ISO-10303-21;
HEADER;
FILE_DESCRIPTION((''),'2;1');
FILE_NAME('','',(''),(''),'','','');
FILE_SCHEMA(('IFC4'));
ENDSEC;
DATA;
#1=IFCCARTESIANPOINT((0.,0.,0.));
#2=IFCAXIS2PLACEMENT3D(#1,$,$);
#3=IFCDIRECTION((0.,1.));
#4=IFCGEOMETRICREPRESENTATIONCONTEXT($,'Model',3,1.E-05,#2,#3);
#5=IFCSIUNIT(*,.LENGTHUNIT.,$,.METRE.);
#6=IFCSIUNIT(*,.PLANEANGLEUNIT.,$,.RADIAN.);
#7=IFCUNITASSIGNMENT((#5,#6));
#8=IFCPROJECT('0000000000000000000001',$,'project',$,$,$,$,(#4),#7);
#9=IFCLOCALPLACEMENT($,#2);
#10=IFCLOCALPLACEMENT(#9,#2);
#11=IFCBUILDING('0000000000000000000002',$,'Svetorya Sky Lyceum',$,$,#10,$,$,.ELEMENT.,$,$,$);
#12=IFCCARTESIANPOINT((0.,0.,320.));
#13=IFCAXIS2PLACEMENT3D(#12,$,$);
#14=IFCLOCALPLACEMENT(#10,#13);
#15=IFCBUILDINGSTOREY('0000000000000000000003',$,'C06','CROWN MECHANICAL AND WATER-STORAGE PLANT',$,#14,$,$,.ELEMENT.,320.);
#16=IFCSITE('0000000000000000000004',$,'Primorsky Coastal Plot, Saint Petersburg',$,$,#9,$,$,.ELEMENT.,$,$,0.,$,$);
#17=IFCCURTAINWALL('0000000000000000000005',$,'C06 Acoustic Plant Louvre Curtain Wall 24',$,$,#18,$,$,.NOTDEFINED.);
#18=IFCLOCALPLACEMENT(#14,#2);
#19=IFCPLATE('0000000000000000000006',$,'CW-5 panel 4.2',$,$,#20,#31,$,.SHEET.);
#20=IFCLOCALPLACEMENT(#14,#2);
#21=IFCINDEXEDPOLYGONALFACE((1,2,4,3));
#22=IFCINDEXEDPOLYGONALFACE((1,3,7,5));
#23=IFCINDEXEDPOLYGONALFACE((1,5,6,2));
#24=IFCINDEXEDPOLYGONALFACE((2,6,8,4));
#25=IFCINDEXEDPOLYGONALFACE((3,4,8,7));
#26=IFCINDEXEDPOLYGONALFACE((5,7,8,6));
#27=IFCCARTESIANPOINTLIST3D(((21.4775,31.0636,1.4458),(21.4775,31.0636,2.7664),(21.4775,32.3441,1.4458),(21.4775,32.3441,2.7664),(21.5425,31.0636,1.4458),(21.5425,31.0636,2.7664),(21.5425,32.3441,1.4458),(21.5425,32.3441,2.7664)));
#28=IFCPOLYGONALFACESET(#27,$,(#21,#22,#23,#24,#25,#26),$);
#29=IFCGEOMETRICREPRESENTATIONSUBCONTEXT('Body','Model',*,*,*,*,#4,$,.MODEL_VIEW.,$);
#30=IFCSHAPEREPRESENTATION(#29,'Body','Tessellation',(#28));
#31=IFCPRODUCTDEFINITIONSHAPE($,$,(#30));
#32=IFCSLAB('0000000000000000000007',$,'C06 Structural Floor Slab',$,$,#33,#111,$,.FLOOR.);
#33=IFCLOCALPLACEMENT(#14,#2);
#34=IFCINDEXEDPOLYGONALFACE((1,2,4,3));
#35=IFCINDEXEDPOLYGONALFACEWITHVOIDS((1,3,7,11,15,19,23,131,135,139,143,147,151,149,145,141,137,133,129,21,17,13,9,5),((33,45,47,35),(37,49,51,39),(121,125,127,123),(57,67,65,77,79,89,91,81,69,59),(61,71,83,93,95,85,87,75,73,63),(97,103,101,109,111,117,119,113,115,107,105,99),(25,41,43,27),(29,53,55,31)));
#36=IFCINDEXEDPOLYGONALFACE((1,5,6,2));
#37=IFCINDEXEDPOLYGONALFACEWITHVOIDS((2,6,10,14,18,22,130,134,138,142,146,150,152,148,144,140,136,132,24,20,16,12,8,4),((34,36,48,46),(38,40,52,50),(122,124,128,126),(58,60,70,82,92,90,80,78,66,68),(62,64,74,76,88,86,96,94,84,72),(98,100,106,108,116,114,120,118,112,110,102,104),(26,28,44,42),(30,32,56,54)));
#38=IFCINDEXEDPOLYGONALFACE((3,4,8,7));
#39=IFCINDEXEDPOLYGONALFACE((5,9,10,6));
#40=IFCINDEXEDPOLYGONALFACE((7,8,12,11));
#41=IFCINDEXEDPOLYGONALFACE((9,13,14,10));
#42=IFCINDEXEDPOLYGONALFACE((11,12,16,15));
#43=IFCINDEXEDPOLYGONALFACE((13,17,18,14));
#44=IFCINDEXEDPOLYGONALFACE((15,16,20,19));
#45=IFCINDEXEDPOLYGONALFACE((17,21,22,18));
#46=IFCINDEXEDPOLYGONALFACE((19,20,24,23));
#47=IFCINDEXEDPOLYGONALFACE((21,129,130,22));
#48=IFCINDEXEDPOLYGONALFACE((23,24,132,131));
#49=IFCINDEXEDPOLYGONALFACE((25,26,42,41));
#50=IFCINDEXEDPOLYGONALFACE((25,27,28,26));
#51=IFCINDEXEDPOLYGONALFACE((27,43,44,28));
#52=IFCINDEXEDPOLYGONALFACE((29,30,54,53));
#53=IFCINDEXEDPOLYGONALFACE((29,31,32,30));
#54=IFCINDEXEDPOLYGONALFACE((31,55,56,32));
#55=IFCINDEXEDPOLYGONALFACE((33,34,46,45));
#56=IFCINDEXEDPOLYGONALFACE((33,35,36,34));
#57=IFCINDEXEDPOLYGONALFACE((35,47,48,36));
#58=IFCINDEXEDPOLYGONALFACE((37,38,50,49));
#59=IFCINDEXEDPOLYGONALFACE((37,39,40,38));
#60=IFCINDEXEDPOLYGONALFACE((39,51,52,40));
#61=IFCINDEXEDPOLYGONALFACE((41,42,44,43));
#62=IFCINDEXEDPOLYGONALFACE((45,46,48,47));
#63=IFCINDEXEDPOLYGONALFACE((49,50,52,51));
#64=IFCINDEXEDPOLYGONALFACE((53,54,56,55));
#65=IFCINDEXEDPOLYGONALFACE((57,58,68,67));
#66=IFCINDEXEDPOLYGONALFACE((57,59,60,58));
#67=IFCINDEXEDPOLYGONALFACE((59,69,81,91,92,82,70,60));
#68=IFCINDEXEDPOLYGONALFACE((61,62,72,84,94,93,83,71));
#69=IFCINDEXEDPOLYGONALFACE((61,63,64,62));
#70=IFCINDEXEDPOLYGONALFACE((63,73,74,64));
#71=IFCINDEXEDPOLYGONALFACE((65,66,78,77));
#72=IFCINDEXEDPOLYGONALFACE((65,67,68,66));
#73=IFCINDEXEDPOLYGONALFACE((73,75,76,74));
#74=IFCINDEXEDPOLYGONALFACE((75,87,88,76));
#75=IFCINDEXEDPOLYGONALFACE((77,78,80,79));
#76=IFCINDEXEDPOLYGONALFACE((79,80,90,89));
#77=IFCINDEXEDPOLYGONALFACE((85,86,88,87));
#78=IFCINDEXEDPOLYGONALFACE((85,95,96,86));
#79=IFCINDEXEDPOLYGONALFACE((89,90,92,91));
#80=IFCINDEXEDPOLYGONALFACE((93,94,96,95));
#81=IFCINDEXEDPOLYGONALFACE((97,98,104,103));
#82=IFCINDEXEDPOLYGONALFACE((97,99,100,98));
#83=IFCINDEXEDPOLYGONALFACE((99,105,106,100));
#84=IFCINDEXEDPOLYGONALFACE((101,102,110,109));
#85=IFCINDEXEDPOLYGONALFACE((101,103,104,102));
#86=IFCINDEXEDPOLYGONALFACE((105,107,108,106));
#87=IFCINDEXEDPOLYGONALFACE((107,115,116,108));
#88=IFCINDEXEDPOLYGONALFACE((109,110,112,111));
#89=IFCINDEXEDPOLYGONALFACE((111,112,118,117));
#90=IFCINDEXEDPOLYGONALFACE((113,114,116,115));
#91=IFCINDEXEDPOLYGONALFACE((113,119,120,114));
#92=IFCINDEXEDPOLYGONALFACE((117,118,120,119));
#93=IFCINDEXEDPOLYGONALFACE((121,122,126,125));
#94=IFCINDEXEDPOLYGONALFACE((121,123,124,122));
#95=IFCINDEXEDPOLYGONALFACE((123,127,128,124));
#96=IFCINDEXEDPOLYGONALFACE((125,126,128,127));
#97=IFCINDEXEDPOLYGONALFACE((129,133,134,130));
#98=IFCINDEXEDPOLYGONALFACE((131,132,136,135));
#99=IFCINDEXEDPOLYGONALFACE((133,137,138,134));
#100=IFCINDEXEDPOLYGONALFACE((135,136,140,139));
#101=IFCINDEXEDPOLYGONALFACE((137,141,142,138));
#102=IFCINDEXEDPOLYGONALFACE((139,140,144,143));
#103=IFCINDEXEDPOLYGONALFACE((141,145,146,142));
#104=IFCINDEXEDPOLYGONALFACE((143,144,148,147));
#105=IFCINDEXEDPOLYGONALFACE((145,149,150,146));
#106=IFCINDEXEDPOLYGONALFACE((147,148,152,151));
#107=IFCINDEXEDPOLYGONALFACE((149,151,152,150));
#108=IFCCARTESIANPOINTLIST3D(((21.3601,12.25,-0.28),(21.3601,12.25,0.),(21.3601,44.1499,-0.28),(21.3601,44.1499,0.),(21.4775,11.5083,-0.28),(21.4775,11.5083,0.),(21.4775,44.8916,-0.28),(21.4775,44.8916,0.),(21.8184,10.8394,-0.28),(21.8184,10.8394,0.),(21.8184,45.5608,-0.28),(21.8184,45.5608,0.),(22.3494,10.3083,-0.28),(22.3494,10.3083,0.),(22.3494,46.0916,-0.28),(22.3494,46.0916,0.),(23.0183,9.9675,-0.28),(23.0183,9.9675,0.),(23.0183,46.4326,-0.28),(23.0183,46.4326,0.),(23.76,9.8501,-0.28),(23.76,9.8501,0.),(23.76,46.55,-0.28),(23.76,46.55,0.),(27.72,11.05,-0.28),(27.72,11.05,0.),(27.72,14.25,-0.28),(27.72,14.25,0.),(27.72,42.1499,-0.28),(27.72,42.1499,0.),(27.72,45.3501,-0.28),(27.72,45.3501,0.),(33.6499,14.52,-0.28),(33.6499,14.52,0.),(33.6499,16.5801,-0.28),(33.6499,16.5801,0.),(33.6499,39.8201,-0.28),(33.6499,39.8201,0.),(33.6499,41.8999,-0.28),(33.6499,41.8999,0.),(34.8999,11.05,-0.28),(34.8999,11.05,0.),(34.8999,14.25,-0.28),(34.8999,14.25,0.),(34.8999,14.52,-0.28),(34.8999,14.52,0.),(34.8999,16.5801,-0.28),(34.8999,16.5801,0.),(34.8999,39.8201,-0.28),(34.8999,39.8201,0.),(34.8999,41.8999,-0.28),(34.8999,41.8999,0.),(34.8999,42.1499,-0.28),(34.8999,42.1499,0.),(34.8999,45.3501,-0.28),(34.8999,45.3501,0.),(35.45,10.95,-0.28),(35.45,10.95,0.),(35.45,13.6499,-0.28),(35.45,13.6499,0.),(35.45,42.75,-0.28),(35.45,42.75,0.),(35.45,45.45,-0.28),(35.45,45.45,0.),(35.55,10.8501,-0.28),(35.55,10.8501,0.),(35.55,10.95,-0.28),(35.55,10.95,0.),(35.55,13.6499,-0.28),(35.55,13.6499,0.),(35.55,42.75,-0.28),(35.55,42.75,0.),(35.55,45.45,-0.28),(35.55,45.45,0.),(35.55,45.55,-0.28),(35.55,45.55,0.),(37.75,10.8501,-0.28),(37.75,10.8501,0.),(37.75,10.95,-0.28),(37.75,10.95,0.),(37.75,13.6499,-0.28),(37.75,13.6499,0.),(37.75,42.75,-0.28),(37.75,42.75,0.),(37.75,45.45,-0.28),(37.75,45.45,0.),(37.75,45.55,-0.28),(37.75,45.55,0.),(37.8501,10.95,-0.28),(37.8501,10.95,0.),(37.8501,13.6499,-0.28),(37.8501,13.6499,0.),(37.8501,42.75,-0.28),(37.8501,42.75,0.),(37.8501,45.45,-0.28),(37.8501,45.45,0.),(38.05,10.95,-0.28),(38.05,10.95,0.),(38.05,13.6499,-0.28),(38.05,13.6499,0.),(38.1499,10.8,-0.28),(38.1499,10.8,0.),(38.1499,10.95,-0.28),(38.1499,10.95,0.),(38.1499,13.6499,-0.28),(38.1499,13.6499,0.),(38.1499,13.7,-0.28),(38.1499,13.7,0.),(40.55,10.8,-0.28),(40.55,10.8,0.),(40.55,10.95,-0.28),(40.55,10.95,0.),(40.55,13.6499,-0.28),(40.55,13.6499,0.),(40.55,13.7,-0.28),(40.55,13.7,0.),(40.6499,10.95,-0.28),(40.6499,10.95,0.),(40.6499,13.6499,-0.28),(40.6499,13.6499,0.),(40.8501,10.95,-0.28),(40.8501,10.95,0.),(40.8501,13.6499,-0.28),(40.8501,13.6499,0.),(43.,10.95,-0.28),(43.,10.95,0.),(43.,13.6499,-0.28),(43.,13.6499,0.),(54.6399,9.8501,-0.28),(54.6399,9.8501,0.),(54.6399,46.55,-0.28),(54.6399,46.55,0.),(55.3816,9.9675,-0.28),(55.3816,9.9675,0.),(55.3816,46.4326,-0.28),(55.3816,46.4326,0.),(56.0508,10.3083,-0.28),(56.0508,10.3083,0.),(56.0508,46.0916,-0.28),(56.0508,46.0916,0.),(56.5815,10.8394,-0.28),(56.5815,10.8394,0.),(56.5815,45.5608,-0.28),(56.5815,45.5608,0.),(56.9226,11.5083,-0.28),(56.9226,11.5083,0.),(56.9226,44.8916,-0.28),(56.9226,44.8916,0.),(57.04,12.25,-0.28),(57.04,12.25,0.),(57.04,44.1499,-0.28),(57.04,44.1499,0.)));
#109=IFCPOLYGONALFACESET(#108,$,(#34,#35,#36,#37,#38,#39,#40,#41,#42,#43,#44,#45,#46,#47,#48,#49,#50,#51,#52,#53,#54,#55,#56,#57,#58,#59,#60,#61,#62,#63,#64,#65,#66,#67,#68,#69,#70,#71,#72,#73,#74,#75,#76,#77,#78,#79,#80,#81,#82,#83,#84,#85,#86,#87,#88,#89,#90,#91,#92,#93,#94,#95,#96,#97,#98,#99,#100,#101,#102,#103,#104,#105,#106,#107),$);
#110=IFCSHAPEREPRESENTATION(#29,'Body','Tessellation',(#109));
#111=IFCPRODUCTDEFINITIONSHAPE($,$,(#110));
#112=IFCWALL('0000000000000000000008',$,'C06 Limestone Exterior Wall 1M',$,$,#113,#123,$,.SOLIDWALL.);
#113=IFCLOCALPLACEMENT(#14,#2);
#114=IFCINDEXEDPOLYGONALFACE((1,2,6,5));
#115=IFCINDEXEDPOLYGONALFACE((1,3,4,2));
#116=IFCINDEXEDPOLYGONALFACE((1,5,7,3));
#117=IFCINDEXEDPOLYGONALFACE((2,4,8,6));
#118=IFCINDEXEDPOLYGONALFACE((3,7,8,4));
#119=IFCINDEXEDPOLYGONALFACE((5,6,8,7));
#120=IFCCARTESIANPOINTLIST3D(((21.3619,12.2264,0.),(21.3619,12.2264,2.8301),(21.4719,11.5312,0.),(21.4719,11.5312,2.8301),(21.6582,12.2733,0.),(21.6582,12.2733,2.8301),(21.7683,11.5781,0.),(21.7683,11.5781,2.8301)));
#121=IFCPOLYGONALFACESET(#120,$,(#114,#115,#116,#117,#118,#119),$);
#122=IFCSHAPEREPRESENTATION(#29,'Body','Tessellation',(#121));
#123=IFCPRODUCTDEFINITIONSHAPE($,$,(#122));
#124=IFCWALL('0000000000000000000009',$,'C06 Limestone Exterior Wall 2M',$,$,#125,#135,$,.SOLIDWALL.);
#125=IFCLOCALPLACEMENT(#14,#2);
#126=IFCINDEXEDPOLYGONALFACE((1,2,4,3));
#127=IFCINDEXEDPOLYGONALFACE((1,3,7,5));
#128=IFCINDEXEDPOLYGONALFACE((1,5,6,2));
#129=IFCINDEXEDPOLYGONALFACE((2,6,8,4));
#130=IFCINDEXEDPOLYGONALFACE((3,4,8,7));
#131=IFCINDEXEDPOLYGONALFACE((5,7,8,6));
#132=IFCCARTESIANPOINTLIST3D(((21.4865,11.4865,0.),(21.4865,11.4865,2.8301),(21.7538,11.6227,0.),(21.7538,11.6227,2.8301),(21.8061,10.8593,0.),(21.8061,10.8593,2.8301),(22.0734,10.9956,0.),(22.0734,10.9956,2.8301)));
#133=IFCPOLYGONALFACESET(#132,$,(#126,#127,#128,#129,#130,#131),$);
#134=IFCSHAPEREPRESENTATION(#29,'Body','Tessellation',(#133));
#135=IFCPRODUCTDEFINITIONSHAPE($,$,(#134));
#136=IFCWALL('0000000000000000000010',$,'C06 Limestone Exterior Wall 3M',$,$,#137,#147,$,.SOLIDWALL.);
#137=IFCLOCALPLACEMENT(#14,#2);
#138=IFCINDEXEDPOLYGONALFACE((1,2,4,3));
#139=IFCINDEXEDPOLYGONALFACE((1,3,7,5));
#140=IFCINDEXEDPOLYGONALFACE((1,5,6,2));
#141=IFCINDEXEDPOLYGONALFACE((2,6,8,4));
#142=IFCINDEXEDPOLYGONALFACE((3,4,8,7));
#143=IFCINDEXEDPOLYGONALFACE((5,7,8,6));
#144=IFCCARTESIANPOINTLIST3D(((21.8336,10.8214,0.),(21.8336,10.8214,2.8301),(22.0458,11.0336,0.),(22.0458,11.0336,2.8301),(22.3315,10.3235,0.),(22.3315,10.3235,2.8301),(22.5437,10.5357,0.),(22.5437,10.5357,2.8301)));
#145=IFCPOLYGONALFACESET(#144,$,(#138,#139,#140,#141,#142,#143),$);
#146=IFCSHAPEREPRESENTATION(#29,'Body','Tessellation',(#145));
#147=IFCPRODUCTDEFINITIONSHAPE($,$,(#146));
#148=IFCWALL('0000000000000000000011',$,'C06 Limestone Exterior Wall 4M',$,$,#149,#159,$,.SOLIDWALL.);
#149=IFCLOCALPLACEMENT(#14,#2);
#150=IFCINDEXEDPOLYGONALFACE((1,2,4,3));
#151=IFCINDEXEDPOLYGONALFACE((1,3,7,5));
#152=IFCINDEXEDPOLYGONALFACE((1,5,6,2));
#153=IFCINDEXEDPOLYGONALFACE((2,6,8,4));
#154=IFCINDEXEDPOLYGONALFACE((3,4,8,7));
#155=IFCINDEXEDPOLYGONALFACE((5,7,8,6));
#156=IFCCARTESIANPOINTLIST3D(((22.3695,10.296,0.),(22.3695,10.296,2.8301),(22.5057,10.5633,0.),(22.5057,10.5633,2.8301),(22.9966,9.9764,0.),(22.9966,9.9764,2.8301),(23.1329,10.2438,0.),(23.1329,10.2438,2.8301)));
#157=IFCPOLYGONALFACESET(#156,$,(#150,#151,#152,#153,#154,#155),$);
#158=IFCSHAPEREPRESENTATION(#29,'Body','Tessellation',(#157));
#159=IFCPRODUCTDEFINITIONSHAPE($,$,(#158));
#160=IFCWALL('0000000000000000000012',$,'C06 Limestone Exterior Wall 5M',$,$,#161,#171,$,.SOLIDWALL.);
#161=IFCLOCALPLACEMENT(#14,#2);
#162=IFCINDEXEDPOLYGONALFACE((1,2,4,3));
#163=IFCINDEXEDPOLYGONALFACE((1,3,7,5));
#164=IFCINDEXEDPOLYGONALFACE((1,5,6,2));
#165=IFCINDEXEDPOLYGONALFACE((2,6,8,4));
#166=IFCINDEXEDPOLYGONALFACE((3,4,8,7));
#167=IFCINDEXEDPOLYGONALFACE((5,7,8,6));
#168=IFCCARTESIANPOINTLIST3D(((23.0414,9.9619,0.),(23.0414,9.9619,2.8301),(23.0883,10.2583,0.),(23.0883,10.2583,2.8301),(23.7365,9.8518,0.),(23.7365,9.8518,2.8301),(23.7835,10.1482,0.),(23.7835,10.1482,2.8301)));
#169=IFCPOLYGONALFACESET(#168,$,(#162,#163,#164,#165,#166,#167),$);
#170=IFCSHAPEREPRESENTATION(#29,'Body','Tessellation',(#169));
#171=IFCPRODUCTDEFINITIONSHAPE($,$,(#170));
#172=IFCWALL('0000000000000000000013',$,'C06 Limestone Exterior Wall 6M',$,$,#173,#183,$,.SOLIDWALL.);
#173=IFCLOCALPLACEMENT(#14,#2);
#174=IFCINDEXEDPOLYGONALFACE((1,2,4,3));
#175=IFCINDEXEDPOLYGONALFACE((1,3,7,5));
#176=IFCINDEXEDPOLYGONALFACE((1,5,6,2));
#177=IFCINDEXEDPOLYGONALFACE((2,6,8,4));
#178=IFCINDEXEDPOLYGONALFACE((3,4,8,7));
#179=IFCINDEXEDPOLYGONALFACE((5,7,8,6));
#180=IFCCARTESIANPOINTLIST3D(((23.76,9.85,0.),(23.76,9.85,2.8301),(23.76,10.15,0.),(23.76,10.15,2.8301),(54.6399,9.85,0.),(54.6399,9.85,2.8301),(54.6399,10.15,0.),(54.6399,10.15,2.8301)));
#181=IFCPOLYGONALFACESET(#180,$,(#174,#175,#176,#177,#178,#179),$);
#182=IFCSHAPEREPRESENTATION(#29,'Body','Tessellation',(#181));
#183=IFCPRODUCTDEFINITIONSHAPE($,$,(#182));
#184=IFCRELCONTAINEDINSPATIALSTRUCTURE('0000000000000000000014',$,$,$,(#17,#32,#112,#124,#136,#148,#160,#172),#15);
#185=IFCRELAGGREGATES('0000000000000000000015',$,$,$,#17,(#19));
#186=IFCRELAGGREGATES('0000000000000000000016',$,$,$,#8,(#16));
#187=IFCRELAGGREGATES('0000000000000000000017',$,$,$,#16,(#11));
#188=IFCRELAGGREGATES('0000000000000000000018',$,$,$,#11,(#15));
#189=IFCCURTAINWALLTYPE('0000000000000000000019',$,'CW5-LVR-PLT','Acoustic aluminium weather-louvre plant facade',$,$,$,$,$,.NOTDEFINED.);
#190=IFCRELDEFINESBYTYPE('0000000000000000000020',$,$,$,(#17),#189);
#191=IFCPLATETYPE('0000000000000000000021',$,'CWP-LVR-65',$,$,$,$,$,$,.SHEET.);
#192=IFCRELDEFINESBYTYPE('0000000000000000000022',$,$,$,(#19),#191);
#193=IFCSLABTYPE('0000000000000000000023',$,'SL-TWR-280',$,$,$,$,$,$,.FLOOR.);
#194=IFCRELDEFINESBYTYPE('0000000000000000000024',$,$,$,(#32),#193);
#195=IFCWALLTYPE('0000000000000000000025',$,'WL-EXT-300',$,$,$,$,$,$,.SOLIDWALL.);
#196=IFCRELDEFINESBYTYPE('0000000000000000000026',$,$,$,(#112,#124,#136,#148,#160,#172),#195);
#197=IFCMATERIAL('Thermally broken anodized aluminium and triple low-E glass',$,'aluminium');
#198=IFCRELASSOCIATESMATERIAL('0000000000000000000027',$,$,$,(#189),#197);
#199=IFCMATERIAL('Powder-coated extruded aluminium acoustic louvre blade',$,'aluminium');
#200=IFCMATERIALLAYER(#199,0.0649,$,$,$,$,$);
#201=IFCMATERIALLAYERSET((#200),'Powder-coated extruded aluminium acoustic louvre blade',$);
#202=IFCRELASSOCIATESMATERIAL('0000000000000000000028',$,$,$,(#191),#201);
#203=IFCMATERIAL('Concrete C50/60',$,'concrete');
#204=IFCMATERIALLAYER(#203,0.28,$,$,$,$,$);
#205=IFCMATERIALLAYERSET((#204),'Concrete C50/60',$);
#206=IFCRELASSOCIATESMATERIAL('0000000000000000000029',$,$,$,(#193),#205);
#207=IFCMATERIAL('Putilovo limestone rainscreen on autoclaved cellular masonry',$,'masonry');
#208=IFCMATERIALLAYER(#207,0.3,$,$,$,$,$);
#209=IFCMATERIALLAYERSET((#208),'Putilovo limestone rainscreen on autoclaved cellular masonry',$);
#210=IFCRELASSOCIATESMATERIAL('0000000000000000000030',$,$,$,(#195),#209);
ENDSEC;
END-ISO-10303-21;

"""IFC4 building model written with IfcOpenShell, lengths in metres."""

from ifc_helpers import new_model, si_unit, direction, frame, frame_2d, origin, origin_2d, place, context, subcontext, project, spatial, polyline, rectangle, outline, extrude, material, layer, layer_set, type_object, element, aggregate, save


model = new_model("IFC4")

# Units and contexts
model_context = context("Model", 3, precision=1e-05, world=origin(), true_north=direction((0.0, 1.0)))
body_context = subcontext(model_context, "Body", "Model", "MODEL_VIEW")
ifc_project = project(units=[si_unit("LENGTHUNIT", "METRE"), si_unit("PLANEANGLEUNIT", "RADIAN")], contexts=[model_context])

# Site, building, storey
site_placement = place(None, origin())
site = spatial("IfcSite", under=ifc_project, at=site_placement, Name="Primorsky Coastal Plot, Saint Petersburg", CompositionType="ELEMENT", RefElevation=0.0)
building_placement = place(site_placement, origin())
building = spatial("IfcBuilding", under=site, at=building_placement, Name="Svetorya Sky Lyceum", CompositionType="ELEMENT")
storey_placement = place(building_placement, frame((0.0, 0.0, 320.0)))
storey = spatial("IfcBuildingStorey", under=building, at=storey_placement, Name="C06", Description="CROWN MECHANICAL AND WATER-STORAGE PLANT", CompositionType="ELEMENT", Elevation=320.0)

# Curtain wall
ifc_material_1 = material(Name="Thermally broken anodized aluminium and triple low-E glass", Category="aluminium")
curtain_wall_type = type_object("IfcCurtainWallType", Name="CW5-LVR-PLT", Description="Acoustic aluminium weather-louvre plant facade", PredefinedType="NOTDEFINED", material=ifc_material_1)
curtain_wall_placement = place(storey_placement, origin())
curtain_wall = element("IfcCurtainWall", 1, at=curtain_wall_placement, inside=storey, type_object=curtain_wall_type, Name="C06 Acoustic Plant Louvre Curtain Wall 24", PredefinedType="NOTDEFINED")

# Plate
ifc_material_2 = material(Name="Powder-coated extruded aluminium acoustic louvre blade", Category="aluminium")
ifc_layer_1 = layer(ifc_material_2, 0.0649)
ifc_layer_set_1 = layer_set([ifc_layer_1], Name="Powder-coated extruded aluminium acoustic louvre blade")
plate_type = type_object("IfcPlateType", Name="CWP-LVR-65", PredefinedType="SHEET", material=ifc_layer_set_1)
plate_1_placement = place(storey_placement, frame((21.51, 31.7039, 1.4458), z_axis=(0.0, 0.0, 1.0), x_axis=(0.0, -1.0, 0.0)))
plate_1 = element("IfcPlate", 2, at=plate_1_placement, type_object=plate_type, Name="CW-5 panel 4.2", PredefinedType="SHEET", context=body_context, shape_type="SweptSolid", body=[
    extrude(rectangle(XDim=1.2805, YDim=0.0649, at=origin_2d()), origin(), (0.0, 0.0, 1.0), 1.3206),
])
aggregate(curtain_wall, [plate_1])

# Slab
ifc_material_3 = material(Name="Concrete C50/60", Category="concrete")
ifc_layer_2 = layer(ifc_material_3, 0.28)
ifc_layer_set_2 = layer_set([ifc_layer_2], Name="Concrete C50/60")
slab_type = type_object("IfcSlabType", Name="SL-TWR-280", PredefinedType="FLOOR", material=ifc_layer_set_2)
slab_placement = place(storey_placement, frame((0.0, 0.0, -0.28)))
element("IfcSlab", 3, at=slab_placement, inside=storey, type_object=slab_type, Name="C06 Structural Floor Slab", PredefinedType="FLOOR", context=body_context, shape_type="SweptSolid", body=[
    extrude(outline(polyline([(21.3601, 12.25), (21.4775, 11.5083), (21.8184, 10.8394), (22.3494, 10.3083), (23.0183, 9.9675), (23.76, 9.8501), (54.6399, 9.8501), (55.3816, 9.9675), (56.0508, 10.3083), (56.5815, 10.8394), (56.9226, 11.5083), (57.04, 12.25), (57.04, 44.1499), (56.9226, 44.8916), (56.5815, 45.5608), (56.0508, 46.0916), (55.3816, 46.4326), (54.6399, 46.55), (23.76, 46.55), (23.0183, 46.4326), (22.3494, 46.0916), (21.8184, 45.5608), (21.4775, 44.8916), (21.3601, 44.1499), (21.3601, 12.25)]), holes=[polyline([(37.75, 10.8501), (35.55, 10.8501), (35.55, 10.95), (35.45, 10.95), (35.45, 13.6499), (35.55, 13.6499), (37.75, 13.6499), (37.8501, 13.6499), (37.8501, 10.95), (37.75, 10.95), (37.75, 10.8501)]), polyline([(34.8999, 11.05), (27.72, 11.05), (27.72, 14.25), (34.8999, 14.25), (34.8999, 11.05)]), polyline([(34.8999, 14.52), (33.6499, 14.52), (33.6499, 16.5801), (34.8999, 16.5801), (34.8999, 14.52)]), polyline([(33.6499, 39.8201), (33.6499, 41.8999), (34.8999, 41.8999), (34.8999, 39.8201), (33.6499, 39.8201)]), polyline([(27.72, 42.1499), (27.72, 45.3501), (34.8999, 45.3501), (34.8999, 42.1499), (27.72, 42.1499)]), polyline([(37.75, 45.45), (37.8501, 45.45), (37.8501, 42.75), (37.75, 42.75), (35.55, 42.75), (35.45, 42.75), (35.45, 45.45), (35.55, 45.45), (35.55, 45.55), (37.75, 45.55), (37.75, 45.45)]), polyline([(40.6499, 13.6499), (40.6499, 10.95), (40.55, 10.95), (40.55, 10.8), (38.1499, 10.8), (38.1499, 10.95), (38.05, 10.95), (38.05, 13.6499), (38.1499, 13.6499), (38.1499, 13.7), (40.55, 13.7), (40.55, 13.6499), (40.6499, 13.6499)]), polyline([(40.8501, 10.95), (40.8501, 13.6499), (43.0, 13.6499), (43.0, 10.95), (40.8501, 10.95)])]), origin(), (0.0, 0.0, 1.0), 0.28),
])

# Walls
ifc_material_4 = material(Name="Putilovo limestone rainscreen on autoclaved cellular masonry", Category="masonry")
ifc_layer_3 = layer(ifc_material_4, 0.3)
ifc_layer_set_3 = layer_set([ifc_layer_3], Name="Putilovo limestone rainscreen on autoclaved cellular masonry")
wall_type_1 = type_object("IfcWallType", Name="WL-EXT-300", PredefinedType="SOLIDWALL", material=ifc_layer_set_3)
for number, where, z_axis, x_axis, name in (
    (4, (21.51, 12.25, 0.0), (0.0, 0.0, 1.0), (0.156408, -0.987693, 0.0), "C06 Limestone Exterior Wall 1M"),
    (5, (21.6201, 11.5547, 0.0), (0.0, 0.0, 1.0), (0.453999, -0.891002, 0.0), "C06 Limestone Exterior Wall 2M"),
):
    element("IfcWall", number, at=place(storey_placement, frame(where, z_axis=z_axis, x_axis=x_axis)), inside=storey, type_object=wall_type_1, Name=name, PredefinedType="SOLIDWALL", context=body_context, shape_type="SweptSolid", body=[
        extrude(rectangle(XDim=0.7039, YDim=0.3, at=frame_2d((0.3521, 0.0))), origin(), (0.0, 0.0, 1.0), 2.8301),
    ])
wall_1_placement = place(storey_placement, frame((21.9397, 10.9275, 0.0), z_axis=(0.0, 0.0, 1.0), x_axis=(0.707107, -0.707107, 0.0)))
element("IfcWall", 6, at=wall_1_placement, inside=storey, type_object=wall_type_1, Name="C06 Limestone Exterior Wall 3M", PredefinedType="SOLIDWALL", context=body_context, shape_type="SweptSolid", body=[
    extrude(rectangle(XDim=0.7041, YDim=0.3, at=frame_2d((0.3521, 0.0))), origin(), (0.0, 0.0, 1.0), 2.8301),
])
for number, where, z_axis, x_axis, name in (
    (7, (22.4375, 10.4297, 0.0), (0.0, 0.0, 1.0), (0.891002, -0.453999, 0.0), "C06 Limestone Exterior Wall 4M"),
    (8, (23.0647, 10.1101, 0.0), (0.0, 0.0, 1.0), (0.987693, -0.156408, 0.0), "C06 Limestone Exterior Wall 5M"),
):
    element("IfcWall", number, at=place(storey_placement, frame(where, z_axis=z_axis, x_axis=x_axis)), inside=storey, type_object=wall_type_1, Name=name, PredefinedType="SOLIDWALL", context=body_context, shape_type="SweptSolid", body=[
        extrude(rectangle(XDim=0.7039, YDim=0.3, at=frame_2d((0.3521, 0.0))), origin(), (0.0, 0.0, 1.0), 2.8301),
    ])
wall_2_placement = place(storey_placement, frame((23.76, 10.0, 0.0), z_axis=(0.0, 0.0, 1.0), x_axis=(1.0, 0.0, 0.0)))
element("IfcWall", 9, at=wall_2_placement, inside=storey, type_object=wall_type_1, Name="C06 Limestone Exterior Wall 6M", PredefinedType="SOLIDWALL", context=body_context, shape_type="SweptSolid", body=[
    extrude(rectangle(XDim=30.8799, YDim=0.3, at=frame_2d((15.4399, 0.0))), origin(), (0.0, 0.0, 1.0), 2.8301),
])

save(model, "model.ifc")
